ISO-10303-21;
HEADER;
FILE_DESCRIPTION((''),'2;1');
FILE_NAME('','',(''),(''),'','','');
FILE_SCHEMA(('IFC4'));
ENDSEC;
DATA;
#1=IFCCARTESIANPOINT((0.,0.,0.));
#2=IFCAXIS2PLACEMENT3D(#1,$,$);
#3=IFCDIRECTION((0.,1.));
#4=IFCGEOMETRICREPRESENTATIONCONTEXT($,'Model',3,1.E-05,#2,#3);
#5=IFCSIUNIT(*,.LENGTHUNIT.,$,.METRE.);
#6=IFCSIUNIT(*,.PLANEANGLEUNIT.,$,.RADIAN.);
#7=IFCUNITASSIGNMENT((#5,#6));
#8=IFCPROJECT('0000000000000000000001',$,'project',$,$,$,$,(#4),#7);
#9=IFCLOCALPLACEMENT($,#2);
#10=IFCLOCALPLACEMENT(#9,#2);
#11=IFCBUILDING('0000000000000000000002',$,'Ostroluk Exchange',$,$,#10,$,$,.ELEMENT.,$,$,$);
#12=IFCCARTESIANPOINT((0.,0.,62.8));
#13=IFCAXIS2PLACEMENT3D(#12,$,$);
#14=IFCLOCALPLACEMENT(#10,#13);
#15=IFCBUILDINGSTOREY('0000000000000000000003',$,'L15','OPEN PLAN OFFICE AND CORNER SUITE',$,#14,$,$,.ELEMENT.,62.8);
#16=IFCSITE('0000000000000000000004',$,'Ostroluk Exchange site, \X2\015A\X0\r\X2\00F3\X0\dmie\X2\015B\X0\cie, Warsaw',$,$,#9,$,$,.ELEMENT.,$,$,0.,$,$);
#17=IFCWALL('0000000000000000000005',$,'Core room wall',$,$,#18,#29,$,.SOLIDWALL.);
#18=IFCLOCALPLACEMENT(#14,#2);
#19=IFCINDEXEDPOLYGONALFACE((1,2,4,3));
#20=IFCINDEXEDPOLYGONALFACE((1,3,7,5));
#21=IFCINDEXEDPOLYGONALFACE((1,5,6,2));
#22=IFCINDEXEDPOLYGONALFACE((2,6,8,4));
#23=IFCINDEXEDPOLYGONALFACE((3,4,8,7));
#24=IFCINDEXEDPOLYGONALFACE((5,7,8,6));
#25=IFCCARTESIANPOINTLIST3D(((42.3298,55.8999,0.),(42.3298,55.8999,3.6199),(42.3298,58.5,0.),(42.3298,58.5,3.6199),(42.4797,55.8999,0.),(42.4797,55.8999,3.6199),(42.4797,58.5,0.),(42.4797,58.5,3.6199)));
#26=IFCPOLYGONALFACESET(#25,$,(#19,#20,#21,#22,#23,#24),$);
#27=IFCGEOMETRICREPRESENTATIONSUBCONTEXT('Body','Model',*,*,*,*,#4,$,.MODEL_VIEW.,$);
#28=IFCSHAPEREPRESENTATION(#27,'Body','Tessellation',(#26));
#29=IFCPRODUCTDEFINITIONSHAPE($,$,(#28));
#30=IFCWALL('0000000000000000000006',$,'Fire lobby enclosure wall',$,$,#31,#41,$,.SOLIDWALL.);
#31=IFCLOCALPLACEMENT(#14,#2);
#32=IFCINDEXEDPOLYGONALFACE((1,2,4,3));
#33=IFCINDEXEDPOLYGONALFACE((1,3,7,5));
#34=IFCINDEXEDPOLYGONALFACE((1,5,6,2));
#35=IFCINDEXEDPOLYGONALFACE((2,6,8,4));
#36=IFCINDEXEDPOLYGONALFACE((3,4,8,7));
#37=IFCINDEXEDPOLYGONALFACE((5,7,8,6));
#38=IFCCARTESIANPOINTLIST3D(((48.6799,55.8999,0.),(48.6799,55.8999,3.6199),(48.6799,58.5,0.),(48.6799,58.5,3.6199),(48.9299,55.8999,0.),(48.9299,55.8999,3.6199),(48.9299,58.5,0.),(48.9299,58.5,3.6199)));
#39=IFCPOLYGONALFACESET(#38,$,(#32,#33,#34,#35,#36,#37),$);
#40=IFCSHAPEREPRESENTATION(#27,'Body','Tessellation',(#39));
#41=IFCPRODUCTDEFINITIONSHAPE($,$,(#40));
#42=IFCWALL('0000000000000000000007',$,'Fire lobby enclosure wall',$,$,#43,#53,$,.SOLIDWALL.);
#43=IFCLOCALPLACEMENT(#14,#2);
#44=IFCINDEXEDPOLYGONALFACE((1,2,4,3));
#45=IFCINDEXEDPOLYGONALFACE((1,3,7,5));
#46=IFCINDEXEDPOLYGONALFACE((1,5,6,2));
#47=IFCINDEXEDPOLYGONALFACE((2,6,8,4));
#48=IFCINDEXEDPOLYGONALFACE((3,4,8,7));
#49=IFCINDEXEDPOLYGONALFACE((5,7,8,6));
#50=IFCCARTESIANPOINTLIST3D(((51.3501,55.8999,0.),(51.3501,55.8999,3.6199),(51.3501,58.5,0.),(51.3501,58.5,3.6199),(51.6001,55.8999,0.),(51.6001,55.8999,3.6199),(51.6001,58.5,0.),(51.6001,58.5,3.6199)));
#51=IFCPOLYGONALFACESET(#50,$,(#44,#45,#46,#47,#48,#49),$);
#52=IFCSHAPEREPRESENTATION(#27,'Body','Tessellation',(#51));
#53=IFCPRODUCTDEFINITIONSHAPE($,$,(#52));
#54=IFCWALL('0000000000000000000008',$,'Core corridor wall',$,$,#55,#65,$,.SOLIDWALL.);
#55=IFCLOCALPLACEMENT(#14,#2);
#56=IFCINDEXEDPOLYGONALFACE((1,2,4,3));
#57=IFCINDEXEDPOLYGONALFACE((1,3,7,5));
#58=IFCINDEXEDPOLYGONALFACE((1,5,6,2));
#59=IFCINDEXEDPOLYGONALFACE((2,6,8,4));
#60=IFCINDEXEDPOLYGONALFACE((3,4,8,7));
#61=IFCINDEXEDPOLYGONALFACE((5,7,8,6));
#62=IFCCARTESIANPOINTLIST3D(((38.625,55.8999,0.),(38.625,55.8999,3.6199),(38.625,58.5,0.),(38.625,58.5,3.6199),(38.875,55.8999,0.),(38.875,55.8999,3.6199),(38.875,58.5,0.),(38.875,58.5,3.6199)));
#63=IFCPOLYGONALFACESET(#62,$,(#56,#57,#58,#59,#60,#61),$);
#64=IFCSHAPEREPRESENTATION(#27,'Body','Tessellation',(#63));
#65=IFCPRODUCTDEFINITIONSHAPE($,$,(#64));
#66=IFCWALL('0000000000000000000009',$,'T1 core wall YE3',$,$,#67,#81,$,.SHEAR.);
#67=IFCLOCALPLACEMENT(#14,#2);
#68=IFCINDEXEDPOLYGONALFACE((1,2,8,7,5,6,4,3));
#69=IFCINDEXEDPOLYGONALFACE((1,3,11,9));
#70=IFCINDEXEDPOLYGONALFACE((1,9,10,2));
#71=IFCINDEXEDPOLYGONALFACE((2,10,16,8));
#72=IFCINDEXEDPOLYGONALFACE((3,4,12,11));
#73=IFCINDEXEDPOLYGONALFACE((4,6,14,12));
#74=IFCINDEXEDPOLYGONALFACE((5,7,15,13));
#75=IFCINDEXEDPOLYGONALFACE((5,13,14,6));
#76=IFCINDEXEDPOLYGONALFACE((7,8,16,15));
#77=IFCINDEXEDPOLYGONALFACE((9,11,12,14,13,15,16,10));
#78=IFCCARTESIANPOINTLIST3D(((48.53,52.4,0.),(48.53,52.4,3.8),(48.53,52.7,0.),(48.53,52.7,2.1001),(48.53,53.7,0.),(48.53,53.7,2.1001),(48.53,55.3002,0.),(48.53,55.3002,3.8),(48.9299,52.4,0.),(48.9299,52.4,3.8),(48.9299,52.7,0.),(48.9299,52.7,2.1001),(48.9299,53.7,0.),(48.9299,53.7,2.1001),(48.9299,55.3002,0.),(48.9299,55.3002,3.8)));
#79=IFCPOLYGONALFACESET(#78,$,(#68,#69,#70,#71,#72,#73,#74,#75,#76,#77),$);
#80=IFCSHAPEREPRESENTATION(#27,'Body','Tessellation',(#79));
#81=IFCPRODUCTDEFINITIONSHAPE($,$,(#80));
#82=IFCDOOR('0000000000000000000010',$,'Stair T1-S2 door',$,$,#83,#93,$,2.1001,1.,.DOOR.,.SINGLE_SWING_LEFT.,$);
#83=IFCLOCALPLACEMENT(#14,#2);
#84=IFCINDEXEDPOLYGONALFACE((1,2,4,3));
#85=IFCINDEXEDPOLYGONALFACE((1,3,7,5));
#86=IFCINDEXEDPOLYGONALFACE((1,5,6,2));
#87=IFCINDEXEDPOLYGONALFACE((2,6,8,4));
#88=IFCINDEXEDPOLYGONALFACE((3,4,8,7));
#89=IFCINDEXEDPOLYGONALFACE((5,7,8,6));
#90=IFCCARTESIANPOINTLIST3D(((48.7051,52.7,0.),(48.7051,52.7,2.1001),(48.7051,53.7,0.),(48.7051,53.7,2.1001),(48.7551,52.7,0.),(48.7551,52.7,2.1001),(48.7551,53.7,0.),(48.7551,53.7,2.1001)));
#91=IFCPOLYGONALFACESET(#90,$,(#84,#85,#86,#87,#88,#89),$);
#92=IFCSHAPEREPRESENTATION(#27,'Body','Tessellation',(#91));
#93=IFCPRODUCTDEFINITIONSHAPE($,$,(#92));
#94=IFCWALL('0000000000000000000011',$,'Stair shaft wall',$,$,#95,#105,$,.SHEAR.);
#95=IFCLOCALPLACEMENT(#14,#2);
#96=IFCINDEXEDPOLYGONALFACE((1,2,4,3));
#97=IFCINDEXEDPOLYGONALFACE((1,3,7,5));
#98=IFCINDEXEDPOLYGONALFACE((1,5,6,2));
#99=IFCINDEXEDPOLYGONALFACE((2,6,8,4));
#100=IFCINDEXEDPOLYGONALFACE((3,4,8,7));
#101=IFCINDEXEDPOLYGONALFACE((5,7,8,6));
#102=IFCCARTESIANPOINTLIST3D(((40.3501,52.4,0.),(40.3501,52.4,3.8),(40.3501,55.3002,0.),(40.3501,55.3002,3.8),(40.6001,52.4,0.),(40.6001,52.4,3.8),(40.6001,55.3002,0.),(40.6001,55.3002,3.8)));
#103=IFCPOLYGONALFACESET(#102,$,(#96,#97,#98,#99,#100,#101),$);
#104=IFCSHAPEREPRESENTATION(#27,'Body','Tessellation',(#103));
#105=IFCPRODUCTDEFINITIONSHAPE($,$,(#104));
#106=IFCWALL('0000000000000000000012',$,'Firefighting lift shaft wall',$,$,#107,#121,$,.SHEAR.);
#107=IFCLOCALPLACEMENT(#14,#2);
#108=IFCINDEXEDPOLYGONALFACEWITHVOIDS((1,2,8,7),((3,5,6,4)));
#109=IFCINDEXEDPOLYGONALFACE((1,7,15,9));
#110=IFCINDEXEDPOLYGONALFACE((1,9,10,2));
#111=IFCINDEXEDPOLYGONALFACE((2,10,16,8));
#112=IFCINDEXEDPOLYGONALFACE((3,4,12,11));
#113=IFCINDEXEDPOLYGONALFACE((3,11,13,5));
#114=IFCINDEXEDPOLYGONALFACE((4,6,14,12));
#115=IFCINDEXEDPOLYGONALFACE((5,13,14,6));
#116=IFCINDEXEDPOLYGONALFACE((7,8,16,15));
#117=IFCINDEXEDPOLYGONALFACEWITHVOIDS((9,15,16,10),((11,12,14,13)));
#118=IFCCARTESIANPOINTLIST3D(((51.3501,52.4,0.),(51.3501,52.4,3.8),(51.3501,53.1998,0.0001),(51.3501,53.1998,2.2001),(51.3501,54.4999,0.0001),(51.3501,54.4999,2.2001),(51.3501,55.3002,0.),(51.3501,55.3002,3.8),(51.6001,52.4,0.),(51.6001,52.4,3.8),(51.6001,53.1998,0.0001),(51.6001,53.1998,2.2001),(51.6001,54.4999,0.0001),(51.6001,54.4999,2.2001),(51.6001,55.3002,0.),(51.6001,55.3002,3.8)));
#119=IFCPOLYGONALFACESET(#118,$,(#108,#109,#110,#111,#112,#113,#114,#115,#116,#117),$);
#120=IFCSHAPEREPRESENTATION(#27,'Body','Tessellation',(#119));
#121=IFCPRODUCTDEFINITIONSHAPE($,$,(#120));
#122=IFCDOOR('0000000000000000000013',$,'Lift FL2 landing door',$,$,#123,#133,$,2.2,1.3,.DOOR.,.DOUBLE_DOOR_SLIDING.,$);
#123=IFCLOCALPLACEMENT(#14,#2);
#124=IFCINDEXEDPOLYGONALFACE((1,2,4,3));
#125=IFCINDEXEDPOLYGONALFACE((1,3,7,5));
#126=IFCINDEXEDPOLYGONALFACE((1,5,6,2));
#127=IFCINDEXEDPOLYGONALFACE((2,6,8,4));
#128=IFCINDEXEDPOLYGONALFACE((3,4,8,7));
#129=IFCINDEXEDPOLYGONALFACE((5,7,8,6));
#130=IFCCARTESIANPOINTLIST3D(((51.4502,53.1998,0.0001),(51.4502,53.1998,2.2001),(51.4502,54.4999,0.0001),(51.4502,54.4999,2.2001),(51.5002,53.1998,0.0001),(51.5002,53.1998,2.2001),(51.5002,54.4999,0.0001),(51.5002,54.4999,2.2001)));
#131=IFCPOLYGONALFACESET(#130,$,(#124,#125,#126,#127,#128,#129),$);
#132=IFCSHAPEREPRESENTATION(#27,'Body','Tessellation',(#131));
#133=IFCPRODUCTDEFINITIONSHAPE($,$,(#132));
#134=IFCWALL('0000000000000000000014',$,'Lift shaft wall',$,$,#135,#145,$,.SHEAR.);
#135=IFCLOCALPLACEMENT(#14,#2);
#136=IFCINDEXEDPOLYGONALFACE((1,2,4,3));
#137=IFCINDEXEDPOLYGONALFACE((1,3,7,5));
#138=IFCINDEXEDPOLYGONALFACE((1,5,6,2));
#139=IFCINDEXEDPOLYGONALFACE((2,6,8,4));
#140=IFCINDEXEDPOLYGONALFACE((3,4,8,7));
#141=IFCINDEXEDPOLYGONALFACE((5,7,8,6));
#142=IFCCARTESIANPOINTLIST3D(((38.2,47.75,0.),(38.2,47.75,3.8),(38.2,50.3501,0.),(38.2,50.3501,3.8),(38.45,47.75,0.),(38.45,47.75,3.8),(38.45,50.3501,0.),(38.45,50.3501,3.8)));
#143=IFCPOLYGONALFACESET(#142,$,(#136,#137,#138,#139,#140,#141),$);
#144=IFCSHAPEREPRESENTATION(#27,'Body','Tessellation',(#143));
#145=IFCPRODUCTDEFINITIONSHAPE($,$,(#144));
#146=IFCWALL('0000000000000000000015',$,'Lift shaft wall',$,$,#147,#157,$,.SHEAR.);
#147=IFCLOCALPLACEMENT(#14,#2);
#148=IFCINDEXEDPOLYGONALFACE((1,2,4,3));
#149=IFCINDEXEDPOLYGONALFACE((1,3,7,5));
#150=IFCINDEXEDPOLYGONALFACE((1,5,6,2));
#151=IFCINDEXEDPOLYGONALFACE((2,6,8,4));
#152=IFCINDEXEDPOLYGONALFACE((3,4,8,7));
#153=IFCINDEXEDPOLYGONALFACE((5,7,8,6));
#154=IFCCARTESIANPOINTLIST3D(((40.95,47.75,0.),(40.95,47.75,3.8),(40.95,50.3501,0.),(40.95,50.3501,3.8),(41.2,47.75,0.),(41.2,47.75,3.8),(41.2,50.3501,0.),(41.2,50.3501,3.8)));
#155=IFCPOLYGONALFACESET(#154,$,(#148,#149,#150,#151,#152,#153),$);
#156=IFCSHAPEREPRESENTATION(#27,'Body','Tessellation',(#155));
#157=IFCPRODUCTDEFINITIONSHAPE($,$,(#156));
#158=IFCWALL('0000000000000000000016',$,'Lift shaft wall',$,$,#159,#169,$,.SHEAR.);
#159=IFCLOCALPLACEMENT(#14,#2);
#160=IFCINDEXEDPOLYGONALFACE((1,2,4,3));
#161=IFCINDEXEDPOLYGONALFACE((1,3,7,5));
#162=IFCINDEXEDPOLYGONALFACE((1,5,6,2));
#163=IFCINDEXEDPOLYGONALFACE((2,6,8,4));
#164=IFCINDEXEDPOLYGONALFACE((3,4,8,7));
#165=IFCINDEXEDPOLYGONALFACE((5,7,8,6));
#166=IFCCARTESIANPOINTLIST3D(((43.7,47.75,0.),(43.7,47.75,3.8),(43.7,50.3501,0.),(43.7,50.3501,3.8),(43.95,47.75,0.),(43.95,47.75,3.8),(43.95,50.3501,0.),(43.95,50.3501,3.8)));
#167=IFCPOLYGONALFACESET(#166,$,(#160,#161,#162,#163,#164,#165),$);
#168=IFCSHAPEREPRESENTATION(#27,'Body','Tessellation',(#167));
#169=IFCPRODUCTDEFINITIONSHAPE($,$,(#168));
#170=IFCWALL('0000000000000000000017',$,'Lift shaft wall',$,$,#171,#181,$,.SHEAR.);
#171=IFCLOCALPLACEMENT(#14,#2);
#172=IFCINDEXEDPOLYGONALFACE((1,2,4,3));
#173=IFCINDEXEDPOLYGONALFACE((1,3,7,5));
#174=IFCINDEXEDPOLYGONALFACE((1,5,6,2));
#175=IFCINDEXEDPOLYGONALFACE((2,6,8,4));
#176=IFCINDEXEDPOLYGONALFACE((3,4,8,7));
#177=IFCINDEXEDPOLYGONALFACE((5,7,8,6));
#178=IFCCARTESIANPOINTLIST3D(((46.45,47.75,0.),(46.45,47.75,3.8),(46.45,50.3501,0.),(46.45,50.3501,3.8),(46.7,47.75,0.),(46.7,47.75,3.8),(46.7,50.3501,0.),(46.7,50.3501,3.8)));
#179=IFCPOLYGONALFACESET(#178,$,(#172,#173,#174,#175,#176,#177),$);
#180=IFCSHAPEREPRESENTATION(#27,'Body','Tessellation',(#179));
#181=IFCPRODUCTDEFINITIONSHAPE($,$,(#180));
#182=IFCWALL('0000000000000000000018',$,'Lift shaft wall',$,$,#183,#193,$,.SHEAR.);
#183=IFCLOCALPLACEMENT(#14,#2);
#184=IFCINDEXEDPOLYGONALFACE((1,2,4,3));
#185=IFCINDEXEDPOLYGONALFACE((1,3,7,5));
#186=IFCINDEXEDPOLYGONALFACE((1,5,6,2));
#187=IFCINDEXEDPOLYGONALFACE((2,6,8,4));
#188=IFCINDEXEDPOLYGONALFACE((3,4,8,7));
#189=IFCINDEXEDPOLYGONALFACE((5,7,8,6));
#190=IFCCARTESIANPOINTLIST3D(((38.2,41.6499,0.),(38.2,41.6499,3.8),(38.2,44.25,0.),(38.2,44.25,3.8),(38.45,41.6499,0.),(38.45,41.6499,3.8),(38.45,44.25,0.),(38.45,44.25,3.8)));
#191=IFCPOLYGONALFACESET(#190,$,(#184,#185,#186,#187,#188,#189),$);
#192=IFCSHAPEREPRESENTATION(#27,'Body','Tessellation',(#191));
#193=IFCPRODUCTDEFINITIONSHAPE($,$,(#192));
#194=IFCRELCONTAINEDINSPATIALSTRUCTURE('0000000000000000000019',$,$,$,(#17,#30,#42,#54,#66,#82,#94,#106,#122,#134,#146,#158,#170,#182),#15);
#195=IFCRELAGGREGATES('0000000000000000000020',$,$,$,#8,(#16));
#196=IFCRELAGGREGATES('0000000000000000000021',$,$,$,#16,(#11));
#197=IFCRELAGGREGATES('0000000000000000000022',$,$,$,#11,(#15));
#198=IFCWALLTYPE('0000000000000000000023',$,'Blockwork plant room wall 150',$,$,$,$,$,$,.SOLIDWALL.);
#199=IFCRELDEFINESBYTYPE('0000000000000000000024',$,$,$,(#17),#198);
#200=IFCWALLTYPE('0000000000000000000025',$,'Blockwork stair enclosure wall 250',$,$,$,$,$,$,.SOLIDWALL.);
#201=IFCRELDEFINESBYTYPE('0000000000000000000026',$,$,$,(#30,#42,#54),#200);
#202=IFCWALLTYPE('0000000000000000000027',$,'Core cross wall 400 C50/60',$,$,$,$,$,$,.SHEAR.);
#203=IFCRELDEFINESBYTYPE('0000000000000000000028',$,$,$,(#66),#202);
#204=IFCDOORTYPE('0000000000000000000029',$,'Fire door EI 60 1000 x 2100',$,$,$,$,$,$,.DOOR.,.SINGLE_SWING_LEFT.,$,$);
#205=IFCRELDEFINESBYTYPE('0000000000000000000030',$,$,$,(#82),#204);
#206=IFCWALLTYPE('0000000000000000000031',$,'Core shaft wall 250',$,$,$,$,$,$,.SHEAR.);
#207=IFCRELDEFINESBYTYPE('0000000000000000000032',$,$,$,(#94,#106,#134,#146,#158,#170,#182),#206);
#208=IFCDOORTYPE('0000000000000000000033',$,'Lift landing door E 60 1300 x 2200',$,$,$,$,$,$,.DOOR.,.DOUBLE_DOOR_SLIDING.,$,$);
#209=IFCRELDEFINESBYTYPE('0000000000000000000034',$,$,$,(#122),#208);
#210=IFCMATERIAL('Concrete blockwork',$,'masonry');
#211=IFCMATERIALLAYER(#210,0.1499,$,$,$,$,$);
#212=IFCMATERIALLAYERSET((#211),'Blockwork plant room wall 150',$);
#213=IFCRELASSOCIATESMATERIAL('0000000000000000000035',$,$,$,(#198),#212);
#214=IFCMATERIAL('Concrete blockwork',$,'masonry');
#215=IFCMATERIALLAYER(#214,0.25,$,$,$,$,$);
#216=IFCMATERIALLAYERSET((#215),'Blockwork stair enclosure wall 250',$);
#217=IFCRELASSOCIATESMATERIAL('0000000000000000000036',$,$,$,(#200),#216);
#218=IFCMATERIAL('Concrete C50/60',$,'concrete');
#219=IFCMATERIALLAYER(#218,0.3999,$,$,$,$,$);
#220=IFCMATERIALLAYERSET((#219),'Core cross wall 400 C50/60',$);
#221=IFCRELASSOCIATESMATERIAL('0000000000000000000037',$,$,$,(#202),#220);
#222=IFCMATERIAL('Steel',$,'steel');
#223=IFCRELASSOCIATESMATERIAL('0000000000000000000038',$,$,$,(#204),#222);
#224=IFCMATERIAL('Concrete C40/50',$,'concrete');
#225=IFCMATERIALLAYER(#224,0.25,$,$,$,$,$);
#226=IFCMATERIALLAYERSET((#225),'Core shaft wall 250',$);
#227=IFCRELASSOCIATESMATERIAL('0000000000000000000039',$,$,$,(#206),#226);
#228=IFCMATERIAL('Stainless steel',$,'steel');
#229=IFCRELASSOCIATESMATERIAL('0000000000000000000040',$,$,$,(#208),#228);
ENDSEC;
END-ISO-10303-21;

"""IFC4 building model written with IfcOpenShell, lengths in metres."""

from ifc_helpers import new_model, si_unit, direction, frame, frame_2d, origin, place, context, subcontext, project, spatial, rectangle, extrude, material, layer, layer_set, type_object, element, fill, save


model = new_model("IFC4")

# Units and contexts
model_context = context("Model", 3, precision=1e-05, world=origin(), true_north=direction((0.0, 1.0)))
body_context = subcontext(model_context, "Body", "Model", "MODEL_VIEW")
ifc_project = project(units=[si_unit("LENGTHUNIT", "METRE"), si_unit("PLANEANGLEUNIT", "RADIAN")], contexts=[model_context])

# Site, building, storey
site_placement = place(None, origin())
site = spatial("IfcSite", under=ifc_project, at=site_placement, Name="Ostroluk Exchange site, Śródmieście, Warsaw", CompositionType="ELEMENT", RefElevation=0.0)
building_placement = place(site_placement, origin())
building = spatial("IfcBuilding", under=site, at=building_placement, Name="Ostroluk Exchange", CompositionType="ELEMENT")
storey_placement = place(building_placement, frame((0.0, 0.0, 62.8)))
storey = spatial("IfcBuildingStorey", under=building, at=storey_placement, Name="L15", Description="OPEN PLAN OFFICE AND CORNER SUITE", CompositionType="ELEMENT", Elevation=62.8)

# Walls
ifc_material_1 = material(Name="Concrete blockwork", Category="masonry")
ifc_layer_1 = layer(ifc_material_1, 0.1499)
ifc_layer_set_1 = layer_set([ifc_layer_1], Name="Blockwork plant room wall 150")
wall_type_1 = type_object("IfcWallType", Name="Blockwork plant room wall 150", PredefinedType="SOLIDWALL", material=ifc_layer_set_1)
wall_1_placement = place(storey_placement, frame((42.4048, 55.8999, 0.0), z_axis=(0.0, 0.0, 1.0), x_axis=(0.0, 1.0, 0.0)))
element("IfcWall", 1, at=wall_1_placement, inside=storey, type_object=wall_type_1, Name="Core room wall", PredefinedType="SOLIDWALL", context=body_context, shape_type="SweptSolid", body=[
    extrude(rectangle(XDim=2.6001, YDim=0.1499, at=frame_2d((1.3, 0.0))), origin(), (0.0, 0.0, 1.0), 3.6199),
])
ifc_material_2 = material(Name="Concrete blockwork", Category="masonry")
ifc_layer_2 = layer(ifc_material_2, 0.25)
ifc_layer_set_2 = layer_set([ifc_layer_2], Name="Blockwork stair enclosure wall 250")
wall_type_2 = type_object("IfcWallType", Name="Blockwork stair enclosure wall 250", PredefinedType="SOLIDWALL", material=ifc_layer_set_2)
for number, where, z_axis, x_axis, name in (
    (2, (48.8049, 55.8999, 0.0), (0.0, 0.0, 1.0), (0.0, 1.0, 0.0), "Fire lobby enclosure wall"),
    (3, (51.4751, 55.8999, 0.0), (0.0, 0.0, 1.0), (0.0, 1.0, 0.0), "Fire lobby enclosure wall"),
    (4, (38.75, 55.8999, 0.0), (0.0, 0.0, 1.0), (0.0, 1.0, 0.0), "Core corridor wall"),
):
    element("IfcWall", number, at=place(storey_placement, frame(where, z_axis=z_axis, x_axis=x_axis)), inside=storey, type_object=wall_type_2, Name=name, PredefinedType="SOLIDWALL", context=body_context, shape_type="SweptSolid", body=[
        extrude(rectangle(XDim=2.6001, YDim=0.25, at=frame_2d((1.3, 0.0))), origin(), (0.0, 0.0, 1.0), 3.6199),
    ])

# Wall, opening, door
ifc_material_3 = material(Name="Concrete C50/60", Category="concrete")
ifc_layer_3 = layer(ifc_material_3, 0.3999)
ifc_layer_set_3 = layer_set([ifc_layer_3], Name="Core cross wall 400 C50/60")
wall_type_3 = type_object("IfcWallType", Name="Core cross wall 400 C50/60", PredefinedType="SHEAR", material=ifc_layer_set_3)
wall_2_placement = place(storey_placement, frame((48.73, 52.3999, 0.0), z_axis=(0.0, 0.0, 1.0), x_axis=(0.0, 1.0, 0.0)))
wall_2 = element("IfcWall", 5, at=wall_2_placement, inside=storey, type_object=wall_type_3, Name="T1 core wall YE3", PredefinedType="SHEAR", context=body_context, shape_type="SweptSolid", body=[
    extrude(rectangle(XDim=2.9001, YDim=0.3999, at=frame_2d((1.4502, 0.0))), origin(), (0.0, 0.0, 1.0), 3.8),
])
opening_1_placement = place(wall_2_placement, frame((0.3, 0.0, 0.0)))
opening_1 = element("IfcOpeningElement", 6, at=opening_1_placement, cuts=wall_2, PredefinedType="OPENING", context=body_context, shape_type="SweptSolid", body=[
    extrude(rectangle(XDim=1.0, YDim=2.1001, at=frame_2d((0.5, 1.05))), frame((0.0, 0.21, 0.0), z_axis=(0.0, -1.0, 0.0), x_axis=(1.0, 0.0, 0.0)), (0.0, 0.0, 1.0), 0.4199),
])
ifc_material_4 = material(Name="Steel", Category="steel")
door_type_1 = type_object("IfcDoorType", Name="Fire door EI 60 1000 x 2100", OperationType="SINGLE_SWING_LEFT", PredefinedType="DOOR", material=ifc_material_4)
door_1_placement = place(opening_1_placement, origin())
door_1 = element("IfcDoor", 7, at=door_1_placement, inside=storey, type_object=door_type_1, Name="Stair T1-S2 door", OperationType="SINGLE_SWING_LEFT", OverallHeight=2.1001, OverallWidth=1.0, PredefinedType="DOOR", context=body_context, shape_type="SweptSolid", body=[
    extrude(rectangle(XDim=1.0, YDim=2.1001, at=frame_2d((0.5, 1.05))), frame((0.0, 0.0249, 0.0), z_axis=(0.0, -1.0, 0.0), x_axis=(1.0, 0.0, 0.0)), (0.0, 0.0, 1.0), 0.05),
])
fill(opening_1, door_1)

# Wall
ifc_material_5 = material(Name="Concrete C40/50", Category="concrete")
ifc_layer_4 = layer(ifc_material_5, 0.25)
ifc_layer_set_4 = layer_set([ifc_layer_4], Name="Core shaft wall 250")
wall_type_4 = type_object("IfcWallType", Name="Core shaft wall 250", PredefinedType="SHEAR", material=ifc_layer_set_4)
wall_3_placement = place(storey_placement, frame((40.4751, 52.3999, 0.0), z_axis=(0.0, 0.0, 1.0), x_axis=(0.0, 1.0, 0.0)))
element("IfcWall", 8, at=wall_3_placement, inside=storey, type_object=wall_type_4, Name="Stair shaft wall", PredefinedType="SHEAR", context=body_context, shape_type="SweptSolid", body=[
    extrude(rectangle(XDim=2.9001, YDim=0.25, at=frame_2d((1.4502, 0.0))), origin(), (0.0, 0.0, 1.0), 3.8),
])

# Wall, opening, door
wall_4_placement = place(storey_placement, frame((51.4751, 52.3999, 0.0), z_axis=(0.0, 0.0, 1.0), x_axis=(0.0, 1.0, 0.0)))
wall_4 = element("IfcWall", 9, at=wall_4_placement, inside=storey, type_object=wall_type_4, Name="Firefighting lift shaft wall", PredefinedType="SHEAR", context=body_context, shape_type="SweptSolid", body=[
    extrude(rectangle(XDim=2.9001, YDim=0.25, at=frame_2d((1.4502, 0.0))), origin(), (0.0, 0.0, 1.0), 3.8),
])
opening_2_placement = place(wall_4_placement, frame((0.8, 0.0, 0.0)))
opening_2 = element("IfcOpeningElement", 10, at=opening_2_placement, cuts=wall_4, PredefinedType="OPENING", context=body_context, shape_type="SweptSolid", body=[
    extrude(rectangle(XDim=1.3, YDim=2.2, at=frame_2d((0.6499, 1.1001))), frame((0.0, 0.135, 0.0), z_axis=(0.0, -1.0, 0.0), x_axis=(1.0, 0.0, 0.0)), (0.0, 0.0, 1.0), 0.27),
])
ifc_material_6 = material(Name="Stainless steel", Category="steel")
door_type_2 = type_object("IfcDoorType", Name="Lift landing door E 60 1300 x 2200", OperationType="DOUBLE_DOOR_SLIDING", PredefinedType="DOOR", material=ifc_material_6)
door_2_placement = place(opening_2_placement, origin())
door_2 = element("IfcDoor", 11, at=door_2_placement, inside=storey, type_object=door_type_2, Name="Lift FL2 landing door", OperationType="DOUBLE_DOOR_SLIDING", OverallHeight=2.2, OverallWidth=1.3, PredefinedType="DOOR", context=body_context, shape_type="SweptSolid", body=[
    extrude(rectangle(XDim=1.3, YDim=2.2, at=frame_2d((0.6499, 1.1001))), frame((0.0, 0.0249, 0.0), z_axis=(0.0, -1.0, 0.0), x_axis=(1.0, 0.0, 0.0)), (0.0, 0.0, 1.0), 0.05),
])
fill(opening_2, door_2)

# Walls
for number, where, z_axis, x_axis, name in (
    (12, (38.325, 47.75, 0.0), (0.0, 0.0, 1.0), (0.0, 1.0, 0.0), "Lift shaft wall"),
    (13, (41.075, 47.75, 0.0), (0.0, 0.0, 1.0), (0.0, 1.0, 0.0), "Lift shaft wall"),
    (14, (43.825, 47.75, 0.0), (0.0, 0.0, 1.0), (0.0, 1.0, 0.0), "Lift shaft wall"),
    (15, (46.575, 47.75, 0.0), (0.0, 0.0, 1.0), (0.0, 1.0, 0.0), "Lift shaft wall"),
    (16, (38.325, 44.25, 0.0), (0.0, 0.0, 1.0), (0.0, -1.0, 0.0), "Lift shaft wall"),
):
    element("IfcWall", number, at=place(storey_placement, frame(where, z_axis=z_axis, x_axis=x_axis)), inside=storey, type_object=wall_type_4, Name=name, PredefinedType="SHEAR", context=body_context, shape_type="SweptSolid", body=[
        extrude(rectangle(XDim=2.6001, YDim=0.25, at=frame_2d((1.3, 0.0))), origin(), (0.0, 0.0, 1.0), 3.8),
    ])

save(model, "model.ifc")
